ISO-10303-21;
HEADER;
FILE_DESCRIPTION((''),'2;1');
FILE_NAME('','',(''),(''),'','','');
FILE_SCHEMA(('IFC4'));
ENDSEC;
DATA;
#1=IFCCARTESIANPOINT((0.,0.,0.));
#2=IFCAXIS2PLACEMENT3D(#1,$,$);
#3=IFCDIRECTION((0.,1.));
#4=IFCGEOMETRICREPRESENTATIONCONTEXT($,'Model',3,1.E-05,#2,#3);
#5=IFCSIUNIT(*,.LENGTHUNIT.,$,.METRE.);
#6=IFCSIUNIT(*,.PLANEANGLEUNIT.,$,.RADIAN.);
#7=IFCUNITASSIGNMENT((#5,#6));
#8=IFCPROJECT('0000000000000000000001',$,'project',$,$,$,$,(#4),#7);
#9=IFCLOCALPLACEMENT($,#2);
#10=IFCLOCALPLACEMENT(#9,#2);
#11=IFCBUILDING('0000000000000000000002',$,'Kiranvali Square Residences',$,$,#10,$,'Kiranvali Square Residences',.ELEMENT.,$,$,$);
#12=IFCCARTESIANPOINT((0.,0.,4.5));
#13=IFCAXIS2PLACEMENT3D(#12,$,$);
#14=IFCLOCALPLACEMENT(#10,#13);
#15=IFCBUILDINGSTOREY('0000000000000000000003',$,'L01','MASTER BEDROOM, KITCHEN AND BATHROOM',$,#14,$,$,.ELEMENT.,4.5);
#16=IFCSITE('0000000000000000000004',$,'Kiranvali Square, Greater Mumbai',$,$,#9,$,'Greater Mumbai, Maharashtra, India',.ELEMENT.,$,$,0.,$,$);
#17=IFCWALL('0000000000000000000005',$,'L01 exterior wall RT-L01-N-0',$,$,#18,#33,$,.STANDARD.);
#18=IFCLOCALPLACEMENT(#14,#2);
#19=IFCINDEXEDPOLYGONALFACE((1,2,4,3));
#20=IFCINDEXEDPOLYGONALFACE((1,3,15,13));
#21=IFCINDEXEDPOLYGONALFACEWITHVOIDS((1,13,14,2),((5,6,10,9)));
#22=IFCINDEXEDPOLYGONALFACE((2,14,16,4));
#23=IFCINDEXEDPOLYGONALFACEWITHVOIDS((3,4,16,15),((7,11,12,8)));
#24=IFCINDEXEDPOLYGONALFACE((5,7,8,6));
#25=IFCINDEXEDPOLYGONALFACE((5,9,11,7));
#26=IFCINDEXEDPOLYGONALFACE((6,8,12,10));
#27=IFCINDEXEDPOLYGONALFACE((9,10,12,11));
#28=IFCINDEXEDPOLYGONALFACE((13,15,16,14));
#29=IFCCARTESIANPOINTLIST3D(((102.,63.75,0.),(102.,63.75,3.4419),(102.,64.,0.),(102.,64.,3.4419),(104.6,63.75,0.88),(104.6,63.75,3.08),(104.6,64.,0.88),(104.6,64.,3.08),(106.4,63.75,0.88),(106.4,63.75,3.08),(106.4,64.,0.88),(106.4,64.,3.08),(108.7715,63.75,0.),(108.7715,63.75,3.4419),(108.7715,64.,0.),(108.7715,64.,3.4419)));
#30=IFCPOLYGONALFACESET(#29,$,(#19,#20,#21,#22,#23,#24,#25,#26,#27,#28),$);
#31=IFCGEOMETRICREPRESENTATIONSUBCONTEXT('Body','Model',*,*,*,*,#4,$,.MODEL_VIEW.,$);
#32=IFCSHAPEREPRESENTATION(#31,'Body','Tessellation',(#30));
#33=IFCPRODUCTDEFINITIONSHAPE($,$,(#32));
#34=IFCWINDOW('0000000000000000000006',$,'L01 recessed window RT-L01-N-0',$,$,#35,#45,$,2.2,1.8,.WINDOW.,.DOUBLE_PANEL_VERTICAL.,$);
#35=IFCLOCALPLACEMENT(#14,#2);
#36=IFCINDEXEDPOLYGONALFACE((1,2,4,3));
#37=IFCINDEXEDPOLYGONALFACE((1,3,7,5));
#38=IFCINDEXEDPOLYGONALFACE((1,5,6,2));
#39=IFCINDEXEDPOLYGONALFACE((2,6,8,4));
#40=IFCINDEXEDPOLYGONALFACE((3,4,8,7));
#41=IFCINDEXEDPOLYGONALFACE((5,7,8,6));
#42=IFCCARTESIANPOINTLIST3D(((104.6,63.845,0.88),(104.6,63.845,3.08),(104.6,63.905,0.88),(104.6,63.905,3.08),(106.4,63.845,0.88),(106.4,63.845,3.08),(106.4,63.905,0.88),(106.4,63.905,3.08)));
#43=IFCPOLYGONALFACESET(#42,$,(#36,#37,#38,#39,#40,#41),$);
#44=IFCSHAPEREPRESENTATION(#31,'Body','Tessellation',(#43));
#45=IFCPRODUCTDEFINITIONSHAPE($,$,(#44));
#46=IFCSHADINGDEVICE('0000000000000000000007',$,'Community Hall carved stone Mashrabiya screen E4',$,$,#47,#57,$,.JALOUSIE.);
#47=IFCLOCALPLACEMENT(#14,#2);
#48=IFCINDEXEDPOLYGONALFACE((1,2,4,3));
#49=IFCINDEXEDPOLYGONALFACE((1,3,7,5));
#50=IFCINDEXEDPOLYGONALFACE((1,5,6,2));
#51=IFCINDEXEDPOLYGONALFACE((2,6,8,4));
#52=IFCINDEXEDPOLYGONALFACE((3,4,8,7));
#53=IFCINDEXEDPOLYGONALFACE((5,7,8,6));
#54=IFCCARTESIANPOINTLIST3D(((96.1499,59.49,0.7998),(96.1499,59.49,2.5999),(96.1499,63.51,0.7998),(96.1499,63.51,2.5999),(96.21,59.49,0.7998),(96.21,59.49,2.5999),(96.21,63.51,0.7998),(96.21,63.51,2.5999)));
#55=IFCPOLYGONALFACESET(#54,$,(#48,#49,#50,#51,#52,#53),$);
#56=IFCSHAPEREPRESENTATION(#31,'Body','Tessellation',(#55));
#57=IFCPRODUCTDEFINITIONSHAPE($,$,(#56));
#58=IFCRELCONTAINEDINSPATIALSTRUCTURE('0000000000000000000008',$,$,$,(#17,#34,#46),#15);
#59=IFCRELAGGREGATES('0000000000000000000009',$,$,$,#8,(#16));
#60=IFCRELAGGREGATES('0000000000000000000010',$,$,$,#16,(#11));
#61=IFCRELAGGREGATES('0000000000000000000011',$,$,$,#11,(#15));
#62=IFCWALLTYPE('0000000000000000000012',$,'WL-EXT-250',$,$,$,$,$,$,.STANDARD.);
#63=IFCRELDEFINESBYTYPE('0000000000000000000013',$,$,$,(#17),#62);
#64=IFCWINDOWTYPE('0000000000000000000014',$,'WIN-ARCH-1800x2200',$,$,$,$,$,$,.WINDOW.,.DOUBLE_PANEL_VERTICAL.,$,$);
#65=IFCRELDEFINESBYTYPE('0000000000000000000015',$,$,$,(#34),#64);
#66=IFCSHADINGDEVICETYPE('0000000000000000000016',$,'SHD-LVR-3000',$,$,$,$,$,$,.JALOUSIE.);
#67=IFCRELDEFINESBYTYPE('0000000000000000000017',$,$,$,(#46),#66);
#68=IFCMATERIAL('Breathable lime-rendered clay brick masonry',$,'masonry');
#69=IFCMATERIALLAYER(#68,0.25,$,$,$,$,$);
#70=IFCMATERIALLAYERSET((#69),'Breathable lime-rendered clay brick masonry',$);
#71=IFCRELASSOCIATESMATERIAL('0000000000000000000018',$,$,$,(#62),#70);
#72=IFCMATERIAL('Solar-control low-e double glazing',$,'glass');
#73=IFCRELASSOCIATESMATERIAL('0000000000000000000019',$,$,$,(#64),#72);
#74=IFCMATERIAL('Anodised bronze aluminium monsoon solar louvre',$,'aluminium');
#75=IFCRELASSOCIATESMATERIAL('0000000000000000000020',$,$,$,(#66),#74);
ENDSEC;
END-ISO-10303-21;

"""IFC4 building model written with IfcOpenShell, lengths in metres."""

from ifc_helpers import new_model, si_unit, direction, frame, frame_2d, origin, origin_2d, place, context, subcontext, project, spatial, rectangle, extrude, material, layer, layer_set, type_object, element, fill, save


model = new_model("IFC4")

# Units and contexts
model_context = context("Model", 3, precision=1e-05, world=origin(), true_north=direction((0.0, 1.0)))
body_context = subcontext(model_context, "Body", "Model", "MODEL_VIEW")
ifc_project = project(units=[si_unit("LENGTHUNIT", "METRE"), si_unit("PLANEANGLEUNIT", "RADIAN")], contexts=[model_context])

# Site, building, storey
site_placement = place(None, origin())
site = spatial("IfcSite", under=ifc_project, at=site_placement, Name="Kiranvali Square, Greater Mumbai", LongName="Greater Mumbai, Maharashtra, India", CompositionType="ELEMENT", RefElevation=0.0)
building_placement = place(site_placement, origin())
building = spatial("IfcBuilding", under=site, at=building_placement, Name="Kiranvali Square Residences", LongName="Kiranvali Square Residences", CompositionType="ELEMENT")
storey_placement = place(building_placement, frame((0.0, 0.0, 4.5)))
storey = spatial("IfcBuildingStorey", under=building, at=storey_placement, Name="L01", Description="MASTER BEDROOM, KITCHEN AND BATHROOM", CompositionType="ELEMENT", Elevation=4.5)

# Shared definitions
ifc_material_1 = material(Name="Solar-control low-e double glazing", Category="glass")

# Wall, opening, window
ifc_material_2 = material(Name="Breathable lime-rendered clay brick masonry", Category="masonry")
ifc_layer_1 = layer(ifc_material_2, 0.25)
ifc_layer_set_1 = layer_set([ifc_layer_1], Name="Breathable lime-rendered clay brick masonry")
wall_type = type_object("IfcWallType", Name="WL-EXT-250", PredefinedType="STANDARD", material=ifc_layer_set_1)
wall_placement = place(storey_placement, frame((102.0, 63.875, 0.0), z_axis=(0.0, 0.0, 1.0), x_axis=(1.0, 0.0, 0.0)))
wall = element("IfcWall", 1, at=wall_placement, inside=storey, type_object=wall_type, Name="L01 exterior wall RT-L01-N-0", PredefinedType="STANDARD", context=body_context, shape_type="SweptSolid", body=[
    extrude(rectangle(XDim=6.7715, YDim=0.25, at=frame_2d((3.3857, 0.0))), origin(), (0.0, 0.0, 1.0), 3.4419),
])
opening_placement = place(wall_placement, frame((2.6001, 0.0, 0.8799)))
opening = element("IfcOpeningElement", 2, at=opening_placement, cuts=wall, PredefinedType="OPENING", context=body_context, shape_type="SweptSolid", body=[
    extrude(rectangle(XDim=1.8, YDim=2.2, at=frame_2d((0.8999, 1.1001))), frame((0.0, 0.135, 0.0), z_axis=(0.0, -1.0, 0.0), x_axis=(1.0, 0.0, 0.0)), (0.0, 0.0, 1.0), 0.27),
])
window_type = type_object("IfcWindowType", Name="WIN-ARCH-1800x2200", PartitioningType="DOUBLE_PANEL_VERTICAL", PredefinedType="WINDOW", material=ifc_material_1)
window_placement = place(opening_placement, origin())
window = element("IfcWindow", 3, at=window_placement, inside=storey, type_object=window_type, Name="L01 recessed window RT-L01-N-0", OverallHeight=2.2, OverallWidth=1.8, PartitioningType="DOUBLE_PANEL_VERTICAL", PredefinedType="WINDOW", context=body_context, shape_type="SweptSolid", body=[
    extrude(rectangle(XDim=1.8, YDim=2.2, at=frame_2d((0.8999, 1.1001))), frame((0.0, 0.03, 0.0), z_axis=(0.0, -1.0, 0.0), x_axis=(1.0, 0.0, 0.0)), (0.0, 0.0, 1.0), 0.0601),
])
fill(opening, window)

# Shading device
ifc_material_3 = material(Name="Anodised bronze aluminium monsoon solar louvre", Category="aluminium")
shading_device_type = type_object("IfcShadingDeviceType", Name="SHD-LVR-3000", PredefinedType="JALOUSIE", material=ifc_material_3)
shading_device_placement = place(storey_placement, frame((96.1799, 61.5, 0.7998), z_axis=(0.0, 0.0, 1.0), x_axis=(1.0, 0.0, 0.0)))
element("IfcShadingDevice", 4, at=shading_device_placement, inside=storey, type_object=shading_device_type, Name="Community Hall carved stone Mashrabiya screen E4", PredefinedType="JALOUSIE", context=body_context, shape_type="SweptSolid", body=[
    extrude(rectangle(XDim=0.0601, YDim=4.02, at=origin_2d()), origin(), (0.0, 0.0, 1.0), 1.8),
])

save(model, "model.ifc")
